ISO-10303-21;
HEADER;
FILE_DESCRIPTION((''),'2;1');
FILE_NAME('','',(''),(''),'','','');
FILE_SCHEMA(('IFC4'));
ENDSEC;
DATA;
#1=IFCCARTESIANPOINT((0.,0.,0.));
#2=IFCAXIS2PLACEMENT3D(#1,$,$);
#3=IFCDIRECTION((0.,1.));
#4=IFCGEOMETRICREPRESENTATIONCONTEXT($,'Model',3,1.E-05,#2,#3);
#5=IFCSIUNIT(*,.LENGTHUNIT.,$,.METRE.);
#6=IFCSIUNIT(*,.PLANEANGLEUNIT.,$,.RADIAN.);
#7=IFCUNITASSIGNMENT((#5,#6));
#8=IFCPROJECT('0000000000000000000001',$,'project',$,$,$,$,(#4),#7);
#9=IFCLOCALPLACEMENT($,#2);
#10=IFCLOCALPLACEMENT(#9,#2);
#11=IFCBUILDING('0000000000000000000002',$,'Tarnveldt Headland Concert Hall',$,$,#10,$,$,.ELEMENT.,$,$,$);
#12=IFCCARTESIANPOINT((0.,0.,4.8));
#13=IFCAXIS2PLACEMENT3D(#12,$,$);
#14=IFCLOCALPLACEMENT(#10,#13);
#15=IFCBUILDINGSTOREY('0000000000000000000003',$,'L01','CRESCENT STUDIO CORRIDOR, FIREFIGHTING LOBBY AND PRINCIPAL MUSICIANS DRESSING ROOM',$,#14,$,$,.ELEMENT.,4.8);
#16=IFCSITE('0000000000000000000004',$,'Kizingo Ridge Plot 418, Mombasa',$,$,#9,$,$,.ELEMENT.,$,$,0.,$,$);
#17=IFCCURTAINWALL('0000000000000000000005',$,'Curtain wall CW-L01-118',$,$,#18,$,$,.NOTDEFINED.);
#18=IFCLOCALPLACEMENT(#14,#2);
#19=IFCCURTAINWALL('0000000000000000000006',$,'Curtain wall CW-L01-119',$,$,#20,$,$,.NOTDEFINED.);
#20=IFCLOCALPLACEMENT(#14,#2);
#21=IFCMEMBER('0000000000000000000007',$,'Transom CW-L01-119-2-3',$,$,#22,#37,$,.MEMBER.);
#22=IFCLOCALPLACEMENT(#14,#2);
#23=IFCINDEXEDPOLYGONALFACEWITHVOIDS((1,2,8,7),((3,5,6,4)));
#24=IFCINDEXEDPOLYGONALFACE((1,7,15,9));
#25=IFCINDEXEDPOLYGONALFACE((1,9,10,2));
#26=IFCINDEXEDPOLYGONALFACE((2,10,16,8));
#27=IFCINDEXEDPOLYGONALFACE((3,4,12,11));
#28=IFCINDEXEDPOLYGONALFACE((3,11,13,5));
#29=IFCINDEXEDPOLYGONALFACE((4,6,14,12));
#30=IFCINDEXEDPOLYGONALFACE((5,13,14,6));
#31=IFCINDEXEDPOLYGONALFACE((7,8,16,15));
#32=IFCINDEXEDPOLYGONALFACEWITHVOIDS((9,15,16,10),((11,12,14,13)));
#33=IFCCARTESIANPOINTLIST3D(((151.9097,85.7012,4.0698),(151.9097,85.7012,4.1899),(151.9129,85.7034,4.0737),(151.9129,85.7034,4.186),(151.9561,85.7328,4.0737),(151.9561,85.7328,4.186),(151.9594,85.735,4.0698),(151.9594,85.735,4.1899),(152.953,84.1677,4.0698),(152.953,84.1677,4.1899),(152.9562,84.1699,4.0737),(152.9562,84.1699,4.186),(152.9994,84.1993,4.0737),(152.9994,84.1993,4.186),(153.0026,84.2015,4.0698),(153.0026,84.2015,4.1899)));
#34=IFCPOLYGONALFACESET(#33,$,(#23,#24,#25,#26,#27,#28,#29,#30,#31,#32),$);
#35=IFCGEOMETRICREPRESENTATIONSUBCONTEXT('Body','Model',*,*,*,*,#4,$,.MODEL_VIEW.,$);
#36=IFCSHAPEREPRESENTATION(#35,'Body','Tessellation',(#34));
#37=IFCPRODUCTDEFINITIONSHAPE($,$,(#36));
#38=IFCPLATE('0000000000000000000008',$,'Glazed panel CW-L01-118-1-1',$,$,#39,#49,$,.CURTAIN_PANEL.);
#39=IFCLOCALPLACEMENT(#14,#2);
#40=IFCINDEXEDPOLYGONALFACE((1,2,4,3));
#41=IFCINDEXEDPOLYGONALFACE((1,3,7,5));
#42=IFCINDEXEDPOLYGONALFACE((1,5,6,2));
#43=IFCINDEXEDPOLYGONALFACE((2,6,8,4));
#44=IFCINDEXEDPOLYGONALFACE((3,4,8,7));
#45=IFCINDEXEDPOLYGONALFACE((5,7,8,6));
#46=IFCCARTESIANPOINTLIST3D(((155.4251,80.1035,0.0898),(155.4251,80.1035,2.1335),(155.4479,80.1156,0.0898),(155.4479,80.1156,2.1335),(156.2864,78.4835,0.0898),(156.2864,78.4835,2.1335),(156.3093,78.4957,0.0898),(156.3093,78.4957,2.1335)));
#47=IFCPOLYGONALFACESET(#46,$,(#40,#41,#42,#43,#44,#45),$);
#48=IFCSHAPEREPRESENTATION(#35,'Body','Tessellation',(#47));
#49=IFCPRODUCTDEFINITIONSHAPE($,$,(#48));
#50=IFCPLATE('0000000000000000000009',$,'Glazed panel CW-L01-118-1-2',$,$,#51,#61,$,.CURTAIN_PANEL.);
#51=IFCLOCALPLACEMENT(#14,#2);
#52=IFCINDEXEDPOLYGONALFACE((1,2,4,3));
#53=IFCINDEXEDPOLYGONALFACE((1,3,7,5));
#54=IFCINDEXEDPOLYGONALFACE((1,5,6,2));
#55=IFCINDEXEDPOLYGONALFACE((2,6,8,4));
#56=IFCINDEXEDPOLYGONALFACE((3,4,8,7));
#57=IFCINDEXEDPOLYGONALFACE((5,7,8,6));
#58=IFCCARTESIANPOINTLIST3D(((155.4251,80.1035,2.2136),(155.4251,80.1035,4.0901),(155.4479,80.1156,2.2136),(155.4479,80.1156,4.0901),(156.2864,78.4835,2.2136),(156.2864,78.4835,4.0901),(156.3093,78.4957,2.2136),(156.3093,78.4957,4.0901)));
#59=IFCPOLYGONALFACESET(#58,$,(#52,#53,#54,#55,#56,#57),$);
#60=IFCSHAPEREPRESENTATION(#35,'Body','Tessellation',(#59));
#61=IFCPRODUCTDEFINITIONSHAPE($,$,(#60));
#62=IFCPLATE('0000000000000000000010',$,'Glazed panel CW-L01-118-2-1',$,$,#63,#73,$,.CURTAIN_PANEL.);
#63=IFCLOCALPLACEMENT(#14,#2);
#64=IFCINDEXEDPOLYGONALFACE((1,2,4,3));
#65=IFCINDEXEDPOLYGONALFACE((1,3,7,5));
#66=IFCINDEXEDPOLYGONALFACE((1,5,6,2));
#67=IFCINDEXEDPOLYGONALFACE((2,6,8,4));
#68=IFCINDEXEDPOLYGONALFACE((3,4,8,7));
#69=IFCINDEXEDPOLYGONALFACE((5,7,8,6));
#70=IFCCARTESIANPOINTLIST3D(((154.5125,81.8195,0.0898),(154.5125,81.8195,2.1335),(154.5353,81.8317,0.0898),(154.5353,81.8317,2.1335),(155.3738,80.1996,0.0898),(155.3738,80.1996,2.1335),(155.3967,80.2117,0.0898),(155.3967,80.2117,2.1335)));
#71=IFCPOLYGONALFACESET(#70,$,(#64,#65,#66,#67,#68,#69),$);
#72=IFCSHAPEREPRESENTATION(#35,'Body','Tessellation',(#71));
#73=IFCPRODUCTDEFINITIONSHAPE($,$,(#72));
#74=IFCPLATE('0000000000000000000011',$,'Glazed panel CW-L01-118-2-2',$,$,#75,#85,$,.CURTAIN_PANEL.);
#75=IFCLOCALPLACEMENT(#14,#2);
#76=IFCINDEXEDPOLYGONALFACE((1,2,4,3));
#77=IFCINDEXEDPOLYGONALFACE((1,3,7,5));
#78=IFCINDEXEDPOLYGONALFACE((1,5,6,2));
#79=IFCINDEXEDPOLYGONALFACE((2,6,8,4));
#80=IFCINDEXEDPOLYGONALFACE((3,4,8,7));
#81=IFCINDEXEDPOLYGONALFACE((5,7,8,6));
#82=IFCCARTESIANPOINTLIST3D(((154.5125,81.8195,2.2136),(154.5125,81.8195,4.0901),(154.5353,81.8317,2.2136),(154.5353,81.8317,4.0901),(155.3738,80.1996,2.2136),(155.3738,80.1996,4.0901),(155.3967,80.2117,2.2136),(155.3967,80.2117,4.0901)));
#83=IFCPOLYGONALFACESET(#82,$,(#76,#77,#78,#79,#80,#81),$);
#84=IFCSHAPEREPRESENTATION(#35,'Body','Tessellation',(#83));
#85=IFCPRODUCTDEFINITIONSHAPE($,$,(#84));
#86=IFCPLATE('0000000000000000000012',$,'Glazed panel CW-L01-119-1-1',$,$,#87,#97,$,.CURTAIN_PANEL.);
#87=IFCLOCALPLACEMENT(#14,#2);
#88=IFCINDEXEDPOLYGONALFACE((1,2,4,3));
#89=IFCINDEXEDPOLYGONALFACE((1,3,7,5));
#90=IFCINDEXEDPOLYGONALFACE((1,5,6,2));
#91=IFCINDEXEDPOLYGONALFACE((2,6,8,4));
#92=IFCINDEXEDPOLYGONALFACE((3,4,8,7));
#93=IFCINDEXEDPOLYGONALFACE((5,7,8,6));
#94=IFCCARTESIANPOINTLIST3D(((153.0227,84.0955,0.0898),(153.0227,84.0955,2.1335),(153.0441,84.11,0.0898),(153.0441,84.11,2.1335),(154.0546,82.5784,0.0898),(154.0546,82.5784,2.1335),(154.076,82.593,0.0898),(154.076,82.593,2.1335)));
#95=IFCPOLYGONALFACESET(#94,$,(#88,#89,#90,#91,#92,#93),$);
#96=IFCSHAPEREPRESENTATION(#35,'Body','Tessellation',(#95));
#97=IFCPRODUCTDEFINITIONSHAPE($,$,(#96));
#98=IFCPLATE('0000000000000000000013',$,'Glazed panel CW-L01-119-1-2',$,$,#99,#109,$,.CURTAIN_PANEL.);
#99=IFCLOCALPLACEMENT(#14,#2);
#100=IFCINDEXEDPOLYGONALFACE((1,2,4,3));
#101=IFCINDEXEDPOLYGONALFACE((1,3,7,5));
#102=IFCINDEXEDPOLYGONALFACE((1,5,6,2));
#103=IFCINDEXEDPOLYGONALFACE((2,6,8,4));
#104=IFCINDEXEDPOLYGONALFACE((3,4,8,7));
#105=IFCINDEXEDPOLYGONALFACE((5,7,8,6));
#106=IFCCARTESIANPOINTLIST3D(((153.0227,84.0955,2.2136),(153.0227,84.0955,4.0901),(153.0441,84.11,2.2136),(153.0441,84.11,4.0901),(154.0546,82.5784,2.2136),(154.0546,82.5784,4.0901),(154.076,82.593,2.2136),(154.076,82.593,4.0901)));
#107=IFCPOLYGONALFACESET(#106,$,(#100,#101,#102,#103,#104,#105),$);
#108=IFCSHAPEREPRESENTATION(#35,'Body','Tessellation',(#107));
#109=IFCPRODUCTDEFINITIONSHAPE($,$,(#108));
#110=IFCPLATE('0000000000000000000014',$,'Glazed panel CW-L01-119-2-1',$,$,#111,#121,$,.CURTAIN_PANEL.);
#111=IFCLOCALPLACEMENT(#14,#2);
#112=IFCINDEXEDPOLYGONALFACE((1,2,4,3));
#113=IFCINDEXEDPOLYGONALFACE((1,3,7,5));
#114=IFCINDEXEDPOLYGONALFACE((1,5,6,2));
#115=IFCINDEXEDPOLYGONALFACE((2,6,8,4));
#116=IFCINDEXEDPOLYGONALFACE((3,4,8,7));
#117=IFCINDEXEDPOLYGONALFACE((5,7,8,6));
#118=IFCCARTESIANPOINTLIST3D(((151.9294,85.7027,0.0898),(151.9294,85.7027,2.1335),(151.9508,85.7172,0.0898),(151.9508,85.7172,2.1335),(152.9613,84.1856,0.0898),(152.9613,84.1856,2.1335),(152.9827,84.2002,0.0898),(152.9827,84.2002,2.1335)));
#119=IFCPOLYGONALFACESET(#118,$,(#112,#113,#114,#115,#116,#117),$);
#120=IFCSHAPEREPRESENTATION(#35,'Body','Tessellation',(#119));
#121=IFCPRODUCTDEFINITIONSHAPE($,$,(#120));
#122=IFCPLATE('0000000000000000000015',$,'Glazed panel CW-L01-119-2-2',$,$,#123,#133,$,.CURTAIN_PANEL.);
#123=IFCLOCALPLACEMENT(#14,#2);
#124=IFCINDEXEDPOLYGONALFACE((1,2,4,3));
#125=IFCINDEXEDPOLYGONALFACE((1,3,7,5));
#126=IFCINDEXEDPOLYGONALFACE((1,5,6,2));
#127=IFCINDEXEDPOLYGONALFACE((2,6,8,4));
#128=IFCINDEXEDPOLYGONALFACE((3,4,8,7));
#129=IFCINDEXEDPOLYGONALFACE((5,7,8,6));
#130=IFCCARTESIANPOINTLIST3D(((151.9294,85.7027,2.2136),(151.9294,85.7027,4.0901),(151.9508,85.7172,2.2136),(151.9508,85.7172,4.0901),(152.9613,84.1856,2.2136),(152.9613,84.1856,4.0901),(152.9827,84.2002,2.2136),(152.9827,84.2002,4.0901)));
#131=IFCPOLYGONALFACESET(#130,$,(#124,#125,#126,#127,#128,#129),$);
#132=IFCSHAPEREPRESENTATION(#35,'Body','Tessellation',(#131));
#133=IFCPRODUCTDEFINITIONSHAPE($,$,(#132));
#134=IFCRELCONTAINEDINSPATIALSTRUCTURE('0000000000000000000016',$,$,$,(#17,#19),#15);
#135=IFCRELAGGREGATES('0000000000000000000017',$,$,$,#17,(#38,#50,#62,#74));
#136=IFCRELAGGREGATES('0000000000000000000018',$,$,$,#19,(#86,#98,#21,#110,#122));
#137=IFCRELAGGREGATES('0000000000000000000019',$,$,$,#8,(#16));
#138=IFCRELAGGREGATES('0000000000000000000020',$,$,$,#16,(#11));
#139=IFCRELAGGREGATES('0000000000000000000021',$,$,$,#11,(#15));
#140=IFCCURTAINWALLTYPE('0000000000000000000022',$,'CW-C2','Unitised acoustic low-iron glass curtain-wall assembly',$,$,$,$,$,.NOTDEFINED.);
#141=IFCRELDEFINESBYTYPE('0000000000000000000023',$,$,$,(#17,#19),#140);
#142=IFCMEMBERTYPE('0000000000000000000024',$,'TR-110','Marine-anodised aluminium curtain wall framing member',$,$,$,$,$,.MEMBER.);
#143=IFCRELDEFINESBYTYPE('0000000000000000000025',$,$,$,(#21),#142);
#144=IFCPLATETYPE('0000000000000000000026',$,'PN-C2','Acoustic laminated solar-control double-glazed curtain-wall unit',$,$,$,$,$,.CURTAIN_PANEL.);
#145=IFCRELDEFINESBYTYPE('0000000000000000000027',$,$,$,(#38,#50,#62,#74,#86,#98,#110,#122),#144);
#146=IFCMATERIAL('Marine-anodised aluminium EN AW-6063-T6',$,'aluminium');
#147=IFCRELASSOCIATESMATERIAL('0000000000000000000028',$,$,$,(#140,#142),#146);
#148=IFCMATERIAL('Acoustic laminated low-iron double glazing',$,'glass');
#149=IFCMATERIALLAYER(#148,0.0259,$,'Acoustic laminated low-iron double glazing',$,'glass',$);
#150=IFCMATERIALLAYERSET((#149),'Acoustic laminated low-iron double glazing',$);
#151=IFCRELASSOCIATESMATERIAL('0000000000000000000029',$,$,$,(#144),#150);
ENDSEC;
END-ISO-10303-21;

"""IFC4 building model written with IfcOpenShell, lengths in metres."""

from ifc_helpers import new_model, si_unit, direction, frame, origin, origin_2d, place, context, subcontext, project, spatial, rectangle, hollow_rectangle, extrude, material, layer, layer_set, material_profile, profile_set, type_object, element, aggregate, save


model = new_model("IFC4")

# Units and contexts
model_context = context("Model", 3, precision=1e-05, world=origin(), true_north=direction((0.0, 1.0)))
body_context = subcontext(model_context, "Body", "Model", "MODEL_VIEW")
ifc_project = project(units=[si_unit("LENGTHUNIT", "METRE"), si_unit("PLANEANGLEUNIT", "RADIAN")], contexts=[model_context])

# Site, building, storey
site_placement = place(None, origin())
site = spatial("IfcSite", under=ifc_project, at=site_placement, Name="Kizingo Ridge Plot 418, Mombasa", CompositionType="ELEMENT", RefElevation=0.0)
building_placement = place(site_placement, origin())
building = spatial("IfcBuilding", under=site, at=building_placement, Name="Tarnveldt Headland Concert Hall", CompositionType="ELEMENT")
storey_placement = place(building_placement, frame((0.0, 0.0, 4.8)))
storey = spatial("IfcBuildingStorey", under=building, at=storey_placement, Name="L01", Description="CRESCENT STUDIO CORRIDOR, FIREFIGHTING LOBBY AND PRINCIPAL MUSICIANS DRESSING ROOM", CompositionType="ELEMENT", Elevation=4.8)

# Shared definitions
ifc_material_1 = material(Name="Marine-anodised aluminium EN AW-6063-T6", Category="aluminium")
curtain_wall_type = type_object("IfcCurtainWallType", Name="CW-C2", Description="Unitised acoustic low-iron glass curtain-wall assembly", PredefinedType="NOTDEFINED", material=ifc_material_1)

# Curtain walls
curtain_wall_1_placement = place(storey_placement, origin())
curtain_wall_1 = element("IfcCurtainWall", 1, at=curtain_wall_1_placement, inside=storey, type_object=curtain_wall_type, Name="Curtain wall CW-L01-118", PredefinedType="NOTDEFINED")
curtain_wall_2_placement = place(storey_placement, origin())
curtain_wall_2 = element("IfcCurtainWall", 2, at=curtain_wall_2_placement, inside=storey, type_object=curtain_wall_type, Name="Curtain wall CW-L01-119", PredefinedType="NOTDEFINED")

# Member
ifc_material_profile_1 = material_profile(ifc_material_1, hollow_rectangle(XDim=0.0601, YDim=0.1201, WallThickness=0.0039, at=origin_2d()), Name="ALU TRANSOM 60x120x4", Category="aluminium")
ifc_profile_set_1 = profile_set([ifc_material_profile_1], Name="Marine-anodised aluminium EN AW-6063-T6")
member_type_1 = type_object("IfcMemberType", Name="TR-110", Description="Marine-anodised aluminium curtain wall framing member", PredefinedType="MEMBER", material=ifc_profile_set_1)
member_1_placement = place(storey_placement, frame((152.9778, 84.1846, 4.1299), z_axis=(-0.562483, 0.826809, 0.0), x_axis=(-0.826809, -0.562483, 0.0)))
member_1 = element("IfcMember", 3, at=member_1_placement, type_object=member_type_1, Name="Transom CW-L01-119-2-3", PredefinedType="MEMBER", context=body_context, shape_type="SweptSolid", body=[
    extrude(hollow_rectangle(XDim=0.0601, YDim=0.1201, WallThickness=0.0039, at=origin_2d()), origin(), (0.0, 0.0, 1.0), 1.8547),
])

# Plates
ifc_material_2 = material(Name="Acoustic laminated low-iron double glazing", Category="glass")
ifc_layer = layer(ifc_material_2, 0.0259, Name="Acoustic laminated low-iron double glazing", Category="glass")
ifc_layer_set = layer_set([ifc_layer], Name="Acoustic laminated low-iron double glazing")
plate_type = type_object("IfcPlateType", Name="PN-C2", Description="Acoustic laminated solar-control double-glazed curtain-wall unit", PredefinedType="CURTAIN_PANEL", material=ifc_layer_set)
plate_1_placement = place(storey_placement, frame((155.8672, 79.2996, 0.0898), z_axis=(0.0, 0.0, 1.0), x_axis=(-0.469472, 0.882948, 0.0)))
plate_1 = element("IfcPlate", 4, at=plate_1_placement, type_object=plate_type, Name="Glazed panel CW-L01-118-1-1", PredefinedType="CURTAIN_PANEL", context=body_context, shape_type="SweptSolid", body=[
    extrude(rectangle(XDim=1.8347, YDim=0.0259, at=origin_2d()), origin(), (0.0, 0.0, 1.0), 2.0437),
])
plate_2_placement = place(storey_placement, frame((155.8672, 79.2996, 2.2136), z_axis=(0.0, 0.0, 1.0), x_axis=(-0.469472, 0.882948, 0.0)))
plate_2 = element("IfcPlate", 5, at=plate_2_placement, type_object=plate_type, Name="Glazed panel CW-L01-118-1-2", PredefinedType="CURTAIN_PANEL", context=body_context, shape_type="SweptSolid", body=[
    extrude(rectangle(XDim=1.8347, YDim=0.0259, at=origin_2d()), origin(), (0.0, 0.0, 1.0), 1.8765),
])
plate_3_placement = place(storey_placement, frame((154.9546, 81.0156, 0.0898), z_axis=(0.0, 0.0, 1.0), x_axis=(-0.469472, 0.882948, 0.0)))
plate_3 = element("IfcPlate", 6, at=plate_3_placement, type_object=plate_type, Name="Glazed panel CW-L01-118-2-1", PredefinedType="CURTAIN_PANEL", context=body_context, shape_type="SweptSolid", body=[
    extrude(rectangle(XDim=1.8347, YDim=0.0259, at=origin_2d()), origin(), (0.0, 0.0, 1.0), 2.0437),
])
plate_4_placement = place(storey_placement, frame((154.9546, 81.0156, 2.2136), z_axis=(0.0, 0.0, 1.0), x_axis=(-0.469472, 0.882948, 0.0)))
plate_4 = element("IfcPlate", 7, at=plate_4_placement, type_object=plate_type, Name="Glazed panel CW-L01-118-2-2", PredefinedType="CURTAIN_PANEL", context=body_context, shape_type="SweptSolid", body=[
    extrude(rectangle(XDim=1.8347, YDim=0.0259, at=origin_2d()), origin(), (0.0, 0.0, 1.0), 1.8765),
])
aggregate(curtain_wall_1, [plate_1, plate_2, plate_3, plate_4])
plate_5_placement = place(storey_placement, frame((153.5493, 83.3442, 0.0898), z_axis=(0.0, 0.0, 1.0), x_axis=(-0.56243, 0.826845, 0.0)))
plate_5 = element("IfcPlate", 8, at=plate_5_placement, type_object=plate_type, Name="Glazed panel CW-L01-119-1-1", PredefinedType="CURTAIN_PANEL", context=body_context, shape_type="SweptSolid", body=[
    extrude(rectangle(XDim=1.8347, YDim=0.0259, at=origin_2d()), origin(), (0.0, 0.0, 1.0), 2.0437),
])
plate_6_placement = place(storey_placement, frame((153.5493, 83.3442, 2.2136), z_axis=(0.0, 0.0, 1.0), x_axis=(-0.56243, 0.826845, 0.0)))
plate_6 = element("IfcPlate", 9, at=plate_6_placement, type_object=plate_type, Name="Glazed panel CW-L01-119-1-2", PredefinedType="CURTAIN_PANEL", context=body_context, shape_type="SweptSolid", body=[
    extrude(rectangle(XDim=1.8347, YDim=0.0259, at=origin_2d()), origin(), (0.0, 0.0, 1.0), 1.8765),
])
plate_7_placement = place(storey_placement, frame((152.4561, 84.9514, 0.0898), z_axis=(0.0, 0.0, 1.0), x_axis=(-0.56243, 0.826845, 0.0)))
plate_7 = element("IfcPlate", 10, at=plate_7_placement, type_object=plate_type, Name="Glazed panel CW-L01-119-2-1", PredefinedType="CURTAIN_PANEL", context=body_context, shape_type="SweptSolid", body=[
    extrude(rectangle(XDim=1.8347, YDim=0.0259, at=origin_2d()), origin(), (0.0, 0.0, 1.0), 2.0437),
])
plate_8_placement = place(storey_placement, frame((152.4561, 84.9514, 2.2136), z_axis=(0.0, 0.0, 1.0), x_axis=(-0.56243, 0.826845, 0.0)))
plate_8 = element("IfcPlate", 11, at=plate_8_placement, type_object=plate_type, Name="Glazed panel CW-L01-119-2-2", PredefinedType="CURTAIN_PANEL", context=body_context, shape_type="SweptSolid", body=[
    extrude(rectangle(XDim=1.8347, YDim=0.0259, at=origin_2d()), origin(), (0.0, 0.0, 1.0), 1.8765),
])
aggregate(curtain_wall_2, [plate_5, plate_6, member_1, plate_7, plate_8])

save(model, "model.ifc")
